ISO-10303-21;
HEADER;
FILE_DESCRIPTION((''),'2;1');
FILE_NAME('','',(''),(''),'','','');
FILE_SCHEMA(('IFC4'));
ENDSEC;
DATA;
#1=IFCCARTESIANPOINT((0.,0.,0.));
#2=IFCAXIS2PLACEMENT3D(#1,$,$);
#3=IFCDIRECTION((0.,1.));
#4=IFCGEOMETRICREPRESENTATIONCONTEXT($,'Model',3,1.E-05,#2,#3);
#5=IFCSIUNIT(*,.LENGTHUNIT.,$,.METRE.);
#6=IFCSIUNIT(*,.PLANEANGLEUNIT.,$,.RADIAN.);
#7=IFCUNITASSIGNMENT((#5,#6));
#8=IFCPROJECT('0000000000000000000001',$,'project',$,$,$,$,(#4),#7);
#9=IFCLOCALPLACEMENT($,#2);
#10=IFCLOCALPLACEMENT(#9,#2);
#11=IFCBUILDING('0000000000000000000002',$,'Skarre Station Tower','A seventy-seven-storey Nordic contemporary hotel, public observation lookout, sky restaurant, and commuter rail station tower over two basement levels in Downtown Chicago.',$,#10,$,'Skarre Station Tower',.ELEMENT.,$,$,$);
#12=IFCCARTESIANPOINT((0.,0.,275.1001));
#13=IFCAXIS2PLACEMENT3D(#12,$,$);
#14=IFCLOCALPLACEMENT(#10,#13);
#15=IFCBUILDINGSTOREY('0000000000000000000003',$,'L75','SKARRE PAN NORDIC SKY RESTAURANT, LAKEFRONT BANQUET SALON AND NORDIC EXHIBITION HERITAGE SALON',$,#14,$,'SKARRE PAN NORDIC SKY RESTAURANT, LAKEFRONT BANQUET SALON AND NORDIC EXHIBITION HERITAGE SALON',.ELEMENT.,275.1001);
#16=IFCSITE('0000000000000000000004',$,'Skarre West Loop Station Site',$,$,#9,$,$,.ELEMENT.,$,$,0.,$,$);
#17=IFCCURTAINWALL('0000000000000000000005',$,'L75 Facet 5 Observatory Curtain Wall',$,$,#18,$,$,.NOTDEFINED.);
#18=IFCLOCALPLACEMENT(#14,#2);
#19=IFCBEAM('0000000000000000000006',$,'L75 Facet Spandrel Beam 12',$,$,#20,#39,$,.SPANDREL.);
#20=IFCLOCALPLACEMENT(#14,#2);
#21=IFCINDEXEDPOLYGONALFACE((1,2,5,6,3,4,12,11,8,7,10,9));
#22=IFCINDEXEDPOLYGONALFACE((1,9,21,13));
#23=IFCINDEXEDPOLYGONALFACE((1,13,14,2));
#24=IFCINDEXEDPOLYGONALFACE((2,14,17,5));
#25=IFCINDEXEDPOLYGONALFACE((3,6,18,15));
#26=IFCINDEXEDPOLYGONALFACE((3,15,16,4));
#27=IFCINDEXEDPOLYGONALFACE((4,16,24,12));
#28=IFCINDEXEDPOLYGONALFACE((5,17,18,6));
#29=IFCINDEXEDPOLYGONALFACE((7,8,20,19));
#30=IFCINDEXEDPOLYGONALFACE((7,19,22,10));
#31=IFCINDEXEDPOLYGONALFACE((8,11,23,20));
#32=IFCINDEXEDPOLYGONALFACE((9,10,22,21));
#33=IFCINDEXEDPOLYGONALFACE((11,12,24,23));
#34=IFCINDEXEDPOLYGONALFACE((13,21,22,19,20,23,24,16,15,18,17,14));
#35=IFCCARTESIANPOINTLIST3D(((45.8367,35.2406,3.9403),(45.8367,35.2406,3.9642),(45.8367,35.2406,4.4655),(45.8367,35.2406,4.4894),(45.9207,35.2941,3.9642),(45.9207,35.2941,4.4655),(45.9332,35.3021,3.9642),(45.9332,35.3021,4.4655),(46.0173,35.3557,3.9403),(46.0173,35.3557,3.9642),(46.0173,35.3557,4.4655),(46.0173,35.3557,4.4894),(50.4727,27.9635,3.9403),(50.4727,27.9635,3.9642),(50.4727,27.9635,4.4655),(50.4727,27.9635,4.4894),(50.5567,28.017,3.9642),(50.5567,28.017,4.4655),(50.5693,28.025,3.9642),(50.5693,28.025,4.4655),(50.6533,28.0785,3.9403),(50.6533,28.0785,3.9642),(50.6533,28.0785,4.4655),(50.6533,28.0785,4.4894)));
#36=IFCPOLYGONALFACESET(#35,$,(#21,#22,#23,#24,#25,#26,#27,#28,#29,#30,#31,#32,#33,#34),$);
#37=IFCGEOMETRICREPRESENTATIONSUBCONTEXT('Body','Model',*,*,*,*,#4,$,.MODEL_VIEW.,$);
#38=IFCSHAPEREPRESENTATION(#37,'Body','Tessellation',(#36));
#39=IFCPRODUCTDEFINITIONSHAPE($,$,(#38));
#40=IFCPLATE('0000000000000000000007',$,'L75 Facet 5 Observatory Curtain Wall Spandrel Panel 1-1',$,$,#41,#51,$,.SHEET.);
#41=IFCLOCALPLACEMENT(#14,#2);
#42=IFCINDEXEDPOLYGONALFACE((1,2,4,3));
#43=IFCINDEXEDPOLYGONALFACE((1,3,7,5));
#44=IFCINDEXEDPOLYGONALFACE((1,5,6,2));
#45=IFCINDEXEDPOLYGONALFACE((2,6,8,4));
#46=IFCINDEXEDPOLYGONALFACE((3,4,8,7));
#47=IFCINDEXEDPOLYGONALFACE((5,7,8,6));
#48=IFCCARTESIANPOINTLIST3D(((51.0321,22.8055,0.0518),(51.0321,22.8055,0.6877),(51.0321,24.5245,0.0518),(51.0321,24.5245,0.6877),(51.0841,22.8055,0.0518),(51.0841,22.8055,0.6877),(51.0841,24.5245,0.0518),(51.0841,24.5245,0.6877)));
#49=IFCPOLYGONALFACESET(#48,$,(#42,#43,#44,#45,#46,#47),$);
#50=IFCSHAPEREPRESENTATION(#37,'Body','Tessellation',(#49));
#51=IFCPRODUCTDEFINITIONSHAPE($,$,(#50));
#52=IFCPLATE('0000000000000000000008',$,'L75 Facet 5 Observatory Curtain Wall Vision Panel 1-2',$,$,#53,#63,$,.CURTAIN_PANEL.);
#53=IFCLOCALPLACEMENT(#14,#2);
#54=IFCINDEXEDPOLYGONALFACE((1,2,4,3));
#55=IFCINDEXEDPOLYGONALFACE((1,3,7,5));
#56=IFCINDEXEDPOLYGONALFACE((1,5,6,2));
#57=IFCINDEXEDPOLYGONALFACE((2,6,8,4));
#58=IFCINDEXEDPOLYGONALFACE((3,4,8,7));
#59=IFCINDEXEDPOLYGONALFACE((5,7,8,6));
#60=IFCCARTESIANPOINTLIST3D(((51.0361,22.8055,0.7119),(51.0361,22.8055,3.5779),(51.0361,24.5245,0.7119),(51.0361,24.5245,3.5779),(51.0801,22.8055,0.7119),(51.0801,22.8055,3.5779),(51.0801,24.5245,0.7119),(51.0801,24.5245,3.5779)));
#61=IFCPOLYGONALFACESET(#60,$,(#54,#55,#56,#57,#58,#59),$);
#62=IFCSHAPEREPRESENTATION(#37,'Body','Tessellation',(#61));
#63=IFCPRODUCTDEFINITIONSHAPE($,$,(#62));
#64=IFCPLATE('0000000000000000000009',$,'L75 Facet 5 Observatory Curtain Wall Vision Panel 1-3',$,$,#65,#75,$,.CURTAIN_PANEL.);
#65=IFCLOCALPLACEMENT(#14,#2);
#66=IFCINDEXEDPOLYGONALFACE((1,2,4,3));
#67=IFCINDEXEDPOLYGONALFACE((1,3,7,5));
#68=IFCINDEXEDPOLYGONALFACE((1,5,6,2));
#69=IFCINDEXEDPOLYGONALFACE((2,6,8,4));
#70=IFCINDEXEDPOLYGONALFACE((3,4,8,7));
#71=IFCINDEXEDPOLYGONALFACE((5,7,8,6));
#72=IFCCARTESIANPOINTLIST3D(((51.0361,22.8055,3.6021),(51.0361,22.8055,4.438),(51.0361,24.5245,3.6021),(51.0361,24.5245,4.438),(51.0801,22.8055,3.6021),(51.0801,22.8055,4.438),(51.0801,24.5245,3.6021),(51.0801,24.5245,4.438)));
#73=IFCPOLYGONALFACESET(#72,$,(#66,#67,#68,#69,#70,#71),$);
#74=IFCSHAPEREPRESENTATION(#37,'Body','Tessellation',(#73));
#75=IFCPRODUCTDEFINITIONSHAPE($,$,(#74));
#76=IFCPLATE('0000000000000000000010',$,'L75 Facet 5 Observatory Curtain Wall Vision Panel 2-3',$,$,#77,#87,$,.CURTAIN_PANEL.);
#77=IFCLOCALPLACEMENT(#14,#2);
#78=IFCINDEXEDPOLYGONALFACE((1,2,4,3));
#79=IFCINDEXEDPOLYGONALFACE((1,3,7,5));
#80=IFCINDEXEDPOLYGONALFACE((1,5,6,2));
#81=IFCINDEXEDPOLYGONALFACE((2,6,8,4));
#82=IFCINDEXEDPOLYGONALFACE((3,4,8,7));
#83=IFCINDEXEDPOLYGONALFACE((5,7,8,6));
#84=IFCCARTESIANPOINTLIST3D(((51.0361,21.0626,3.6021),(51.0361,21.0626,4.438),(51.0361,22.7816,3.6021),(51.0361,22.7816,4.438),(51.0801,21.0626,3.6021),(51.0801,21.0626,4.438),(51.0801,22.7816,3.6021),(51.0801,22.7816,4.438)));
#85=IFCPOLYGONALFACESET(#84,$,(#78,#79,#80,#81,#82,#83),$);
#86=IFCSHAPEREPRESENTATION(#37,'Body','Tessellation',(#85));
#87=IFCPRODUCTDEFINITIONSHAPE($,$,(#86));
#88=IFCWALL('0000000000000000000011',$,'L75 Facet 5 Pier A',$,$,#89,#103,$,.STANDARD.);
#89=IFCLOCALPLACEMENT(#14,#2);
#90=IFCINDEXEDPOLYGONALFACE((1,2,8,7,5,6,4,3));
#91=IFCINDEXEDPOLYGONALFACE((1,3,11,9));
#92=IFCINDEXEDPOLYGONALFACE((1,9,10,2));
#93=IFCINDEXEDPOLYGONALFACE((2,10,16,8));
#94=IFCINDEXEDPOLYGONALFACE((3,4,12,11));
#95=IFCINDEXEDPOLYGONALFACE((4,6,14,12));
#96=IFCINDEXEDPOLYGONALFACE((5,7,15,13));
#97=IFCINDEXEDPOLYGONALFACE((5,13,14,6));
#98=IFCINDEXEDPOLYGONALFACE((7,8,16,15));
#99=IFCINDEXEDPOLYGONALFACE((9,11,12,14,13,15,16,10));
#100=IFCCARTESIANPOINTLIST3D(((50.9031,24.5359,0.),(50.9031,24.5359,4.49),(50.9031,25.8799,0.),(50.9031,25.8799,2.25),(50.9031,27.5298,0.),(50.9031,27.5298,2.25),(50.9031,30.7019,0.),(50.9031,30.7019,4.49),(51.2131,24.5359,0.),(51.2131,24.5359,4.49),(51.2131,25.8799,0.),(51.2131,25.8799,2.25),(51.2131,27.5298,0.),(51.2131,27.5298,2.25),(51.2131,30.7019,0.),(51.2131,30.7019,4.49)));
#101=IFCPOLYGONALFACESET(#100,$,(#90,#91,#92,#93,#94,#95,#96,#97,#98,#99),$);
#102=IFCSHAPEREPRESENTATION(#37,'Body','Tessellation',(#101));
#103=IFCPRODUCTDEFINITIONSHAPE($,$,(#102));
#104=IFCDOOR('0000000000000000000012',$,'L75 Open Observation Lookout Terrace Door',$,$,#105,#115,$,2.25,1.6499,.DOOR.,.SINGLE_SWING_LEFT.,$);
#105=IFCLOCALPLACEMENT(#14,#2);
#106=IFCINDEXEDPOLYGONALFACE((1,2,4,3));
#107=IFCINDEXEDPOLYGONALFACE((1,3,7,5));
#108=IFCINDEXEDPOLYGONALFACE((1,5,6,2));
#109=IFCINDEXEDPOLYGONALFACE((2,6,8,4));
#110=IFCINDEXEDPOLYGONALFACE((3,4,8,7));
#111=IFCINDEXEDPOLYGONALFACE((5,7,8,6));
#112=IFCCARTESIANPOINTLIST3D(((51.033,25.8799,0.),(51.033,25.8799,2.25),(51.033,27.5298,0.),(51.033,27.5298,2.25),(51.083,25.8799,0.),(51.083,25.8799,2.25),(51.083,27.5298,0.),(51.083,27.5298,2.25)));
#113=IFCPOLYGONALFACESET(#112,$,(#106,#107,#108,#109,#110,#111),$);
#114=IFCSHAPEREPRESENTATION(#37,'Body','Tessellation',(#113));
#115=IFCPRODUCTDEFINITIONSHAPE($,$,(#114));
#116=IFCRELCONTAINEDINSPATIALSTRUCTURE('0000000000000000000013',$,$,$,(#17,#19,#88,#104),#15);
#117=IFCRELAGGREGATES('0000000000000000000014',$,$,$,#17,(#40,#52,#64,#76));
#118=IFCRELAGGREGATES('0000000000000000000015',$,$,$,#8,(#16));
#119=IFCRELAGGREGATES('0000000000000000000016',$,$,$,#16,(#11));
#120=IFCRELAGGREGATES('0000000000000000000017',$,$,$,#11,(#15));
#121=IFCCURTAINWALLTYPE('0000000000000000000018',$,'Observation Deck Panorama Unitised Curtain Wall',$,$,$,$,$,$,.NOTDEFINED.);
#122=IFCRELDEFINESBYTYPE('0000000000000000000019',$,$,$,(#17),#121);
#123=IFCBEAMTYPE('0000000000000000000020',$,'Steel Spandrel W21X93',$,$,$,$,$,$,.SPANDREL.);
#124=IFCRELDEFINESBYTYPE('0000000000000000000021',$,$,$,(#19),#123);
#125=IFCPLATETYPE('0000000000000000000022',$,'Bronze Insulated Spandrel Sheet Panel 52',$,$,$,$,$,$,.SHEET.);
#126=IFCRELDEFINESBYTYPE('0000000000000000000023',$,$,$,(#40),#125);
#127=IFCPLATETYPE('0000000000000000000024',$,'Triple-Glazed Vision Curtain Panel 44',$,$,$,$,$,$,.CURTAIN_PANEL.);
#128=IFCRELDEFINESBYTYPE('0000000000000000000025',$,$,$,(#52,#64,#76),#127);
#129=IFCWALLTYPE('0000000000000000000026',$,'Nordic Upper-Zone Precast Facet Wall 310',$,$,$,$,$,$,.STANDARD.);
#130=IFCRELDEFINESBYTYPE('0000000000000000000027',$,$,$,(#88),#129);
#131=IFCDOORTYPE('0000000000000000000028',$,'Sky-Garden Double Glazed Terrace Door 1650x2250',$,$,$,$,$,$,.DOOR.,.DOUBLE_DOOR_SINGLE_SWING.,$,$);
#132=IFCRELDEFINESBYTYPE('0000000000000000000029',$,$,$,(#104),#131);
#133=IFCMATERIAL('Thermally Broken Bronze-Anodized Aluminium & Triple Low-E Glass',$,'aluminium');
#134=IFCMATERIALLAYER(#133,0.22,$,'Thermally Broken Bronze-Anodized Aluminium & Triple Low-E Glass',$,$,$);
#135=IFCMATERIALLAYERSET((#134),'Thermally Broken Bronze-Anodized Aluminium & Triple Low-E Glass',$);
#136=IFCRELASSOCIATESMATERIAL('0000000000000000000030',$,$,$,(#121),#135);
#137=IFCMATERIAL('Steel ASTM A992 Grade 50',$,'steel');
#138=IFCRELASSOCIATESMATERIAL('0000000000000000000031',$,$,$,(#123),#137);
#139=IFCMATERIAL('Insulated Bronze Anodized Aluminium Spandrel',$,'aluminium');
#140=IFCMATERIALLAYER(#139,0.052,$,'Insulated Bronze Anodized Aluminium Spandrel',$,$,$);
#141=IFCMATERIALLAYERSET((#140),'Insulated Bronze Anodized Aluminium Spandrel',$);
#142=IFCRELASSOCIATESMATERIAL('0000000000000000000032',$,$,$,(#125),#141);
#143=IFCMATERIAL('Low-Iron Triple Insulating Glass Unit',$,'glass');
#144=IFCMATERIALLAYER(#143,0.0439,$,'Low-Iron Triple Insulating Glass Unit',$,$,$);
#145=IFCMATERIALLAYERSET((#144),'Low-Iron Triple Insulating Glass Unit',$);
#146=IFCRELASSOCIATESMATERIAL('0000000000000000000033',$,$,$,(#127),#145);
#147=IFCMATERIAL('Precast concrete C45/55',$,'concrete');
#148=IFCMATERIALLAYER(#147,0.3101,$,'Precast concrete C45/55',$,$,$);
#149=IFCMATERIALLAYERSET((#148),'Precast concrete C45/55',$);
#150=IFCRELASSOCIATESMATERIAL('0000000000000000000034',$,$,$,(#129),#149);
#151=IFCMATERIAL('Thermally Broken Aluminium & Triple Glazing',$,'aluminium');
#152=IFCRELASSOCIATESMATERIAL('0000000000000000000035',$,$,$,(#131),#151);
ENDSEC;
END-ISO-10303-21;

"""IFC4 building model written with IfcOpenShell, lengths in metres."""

from ifc_helpers import new_model, si_unit, direction, frame, frame_2d, origin, origin_2d, place, context, subcontext, project, spatial, rectangle, i_section, extrude, material, layer, layer_set, material_profile, profile_set, type_object, element, fill, aggregate, save


model = new_model("IFC4")

# Units and contexts
model_context = context("Model", 3, precision=1e-05, world=origin(), true_north=direction((0.0, 1.0)))
body_context = subcontext(model_context, "Body", "Model", "MODEL_VIEW")
ifc_project = project(units=[si_unit("LENGTHUNIT", "METRE"), si_unit("PLANEANGLEUNIT", "RADIAN")], contexts=[model_context])

# Site, building, storey
site_placement = place(None, origin())
site = spatial("IfcSite", under=ifc_project, at=site_placement, Name="Skarre West Loop Station Site", CompositionType="ELEMENT", RefElevation=0.0)
building_placement = place(site_placement, origin())
building = spatial("IfcBuilding", under=site, at=building_placement, Name="Skarre Station Tower", Description="A seventy-seven-storey Nordic contemporary hotel, public observation lookout, sky restaurant, and commuter rail station tower over two basement levels in Downtown Chicago.", LongName="Skarre Station Tower", CompositionType="ELEMENT")
storey_placement = place(building_placement, frame((0.0, 0.0, 275.1001)))
storey = spatial("IfcBuildingStorey", under=building, at=storey_placement, Name="L75", Description="SKARRE PAN NORDIC SKY RESTAURANT, LAKEFRONT BANQUET SALON AND NORDIC EXHIBITION HERITAGE SALON", LongName="SKARRE PAN NORDIC SKY RESTAURANT, LAKEFRONT BANQUET SALON AND NORDIC EXHIBITION HERITAGE SALON", CompositionType="ELEMENT", Elevation=275.1001)

# Curtain wall
ifc_material_1 = material(Name="Thermally Broken Bronze-Anodized Aluminium & Triple Low-E Glass", Category="aluminium")
ifc_layer_1 = layer(ifc_material_1, 0.22, Name="Thermally Broken Bronze-Anodized Aluminium & Triple Low-E Glass")
ifc_layer_set_1 = layer_set([ifc_layer_1], Name="Thermally Broken Bronze-Anodized Aluminium & Triple Low-E Glass")
curtain_wall_type = type_object("IfcCurtainWallType", Name="Observation Deck Panorama Unitised Curtain Wall", PredefinedType="NOTDEFINED", material=ifc_layer_set_1)
curtain_wall_placement = place(storey_placement, origin())
curtain_wall = element("IfcCurtainWall", 1, at=curtain_wall_placement, inside=storey, type_object=curtain_wall_type, Name="L75 Facet 5 Observatory Curtain Wall", PredefinedType="NOTDEFINED")

# Beam
ifc_material_2 = material(Name="Steel ASTM A992 Grade 50", Category="steel")
ifc_material_profile_1 = material_profile(ifc_material_2, i_section(OverallWidth=0.2141, OverallDepth=0.5491, WebThickness=0.0149, FlangeThickness=0.0239, at=origin_2d()), Name="Steel ASTM A992 Grade 50")
ifc_profile_set_1 = profile_set([ifc_material_profile_1], Name="Steel ASTM A992 Grade 50")
beam_type_1 = type_object("IfcBeamType", Name="Steel Spandrel W21X93", PredefinedType="SPANDREL", material=ifc_profile_set_1)
beam_1_placement = place(storey_placement, frame((50.563, 28.021, 4.2148), z_axis=(-0.537297, 0.843393, 0.0), x_axis=(-0.843393, -0.537297, 0.0)))
element("IfcBeam", 2, at=beam_1_placement, inside=storey, type_object=beam_type_1, Name="L75 Facet Spandrel Beam 12", PredefinedType="SPANDREL", context=body_context, shape_type="SweptSolid", body=[
    extrude(i_section(OverallWidth=0.2141, OverallDepth=0.5491, WebThickness=0.0149, FlangeThickness=0.0239, at=origin_2d()), origin(), (0.0, 0.0, 1.0), 8.6284),
])

# Plates
ifc_material_3 = material(Name="Insulated Bronze Anodized Aluminium Spandrel", Category="aluminium")
ifc_layer_2 = layer(ifc_material_3, 0.052, Name="Insulated Bronze Anodized Aluminium Spandrel")
ifc_layer_set_2 = layer_set([ifc_layer_2], Name="Insulated Bronze Anodized Aluminium Spandrel")
plate_type_1 = type_object("IfcPlateType", Name="Bronze Insulated Spandrel Sheet Panel 52", PredefinedType="SHEET", material=ifc_layer_set_2)
plate_1_placement = place(storey_placement, frame((51.0581, 23.665, 0.0518), z_axis=(0.0, 0.0, 1.0), x_axis=(0.0, -1.0, 0.0)))
plate_1 = element("IfcPlate", 3, at=plate_1_placement, type_object=plate_type_1, Name="L75 Facet 5 Observatory Curtain Wall Spandrel Panel 1-1", PredefinedType="SHEET", context=body_context, shape_type="SweptSolid", body=[
    extrude(rectangle(XDim=1.719, YDim=0.052, at=origin_2d()), origin(), (0.0, 0.0, 1.0), 0.636),
])
ifc_material_4 = material(Name="Low-Iron Triple Insulating Glass Unit", Category="glass")
ifc_layer_3 = layer(ifc_material_4, 0.0439, Name="Low-Iron Triple Insulating Glass Unit")
ifc_layer_set_3 = layer_set([ifc_layer_3], Name="Low-Iron Triple Insulating Glass Unit")
plate_type_2 = type_object("IfcPlateType", Name="Triple-Glazed Vision Curtain Panel 44", PredefinedType="CURTAIN_PANEL", material=ifc_layer_set_3)
plate_2_placement = place(storey_placement, frame((51.0581, 23.665, 0.7119), z_axis=(0.0, 0.0, 1.0), x_axis=(0.0, -1.0, 0.0)))
plate_2 = element("IfcPlate", 4, at=plate_2_placement, type_object=plate_type_2, Name="L75 Facet 5 Observatory Curtain Wall Vision Panel 1-2", PredefinedType="CURTAIN_PANEL", context=body_context, shape_type="SweptSolid", body=[
    extrude(rectangle(XDim=1.719, YDim=0.0439, at=origin_2d()), origin(), (0.0, 0.0, 1.0), 2.866),
])
plate_3_placement = place(storey_placement, frame((51.0581, 23.665, 3.6021), z_axis=(0.0, 0.0, 1.0), x_axis=(0.0, -1.0, 0.0)))
plate_3 = element("IfcPlate", 5, at=plate_3_placement, type_object=plate_type_2, Name="L75 Facet 5 Observatory Curtain Wall Vision Panel 1-3", PredefinedType="CURTAIN_PANEL", context=body_context, shape_type="SweptSolid", body=[
    extrude(rectangle(XDim=1.719, YDim=0.0439, at=origin_2d()), origin(), (0.0, 0.0, 1.0), 0.8359),
])
plate_4_placement = place(storey_placement, frame((51.0581, 21.9221, 3.6021), z_axis=(0.0, 0.0, 1.0), x_axis=(0.0, -1.0, 0.0)))
plate_4 = element("IfcPlate", 6, at=plate_4_placement, type_object=plate_type_2, Name="L75 Facet 5 Observatory Curtain Wall Vision Panel 2-3", PredefinedType="CURTAIN_PANEL", context=body_context, shape_type="SweptSolid", body=[
    extrude(rectangle(XDim=1.719, YDim=0.0439, at=origin_2d()), origin(), (0.0, 0.0, 1.0), 0.8359),
])
aggregate(curtain_wall, [plate_1, plate_2, plate_3, plate_4])

# Wall, opening, door
ifc_material_5 = material(Name="Precast concrete C45/55", Category="concrete")
ifc_layer_4 = layer(ifc_material_5, 0.3101, Name="Precast concrete C45/55")
ifc_layer_set_4 = layer_set([ifc_layer_4], Name="Precast concrete C45/55")
wall_type = type_object("IfcWallType", Name="Nordic Upper-Zone Precast Facet Wall 310", PredefinedType="STANDARD", material=ifc_layer_set_4)
wall_placement = place(storey_placement, frame((51.0581, 30.7019, 0.0), z_axis=(0.0, 0.0, 1.0), x_axis=(0.0, -1.0, 0.0)))
wall = element("IfcWall", 7, at=wall_placement, inside=storey, type_object=wall_type, Name="L75 Facet 5 Pier A", PredefinedType="STANDARD", context=body_context, shape_type="SweptSolid", body=[
    extrude(rectangle(XDim=6.166, YDim=0.3101, at=frame_2d((3.083, 0.0))), origin(), (0.0, 0.0, 1.0), 4.49),
])
opening_placement = place(wall_placement, frame((3.1721, 0.0, 0.0)))
opening = element("IfcOpeningElement", 8, at=opening_placement, cuts=wall, PredefinedType="OPENING", context=body_context, shape_type="SweptSolid", body=[
    extrude(rectangle(XDim=1.6499, YDim=2.25, at=frame_2d((0.825, 1.125))), frame((0.0, 0.165, 0.0), z_axis=(0.0, -1.0, 0.0), x_axis=(1.0, 0.0, 0.0)), (0.0, 0.0, 1.0), 0.3301),
])
ifc_material_6 = material(Name="Thermally Broken Aluminium & Triple Glazing", Category="aluminium")
door_type = type_object("IfcDoorType", Name="Sky-Garden Double Glazed Terrace Door 1650x2250", OperationType="DOUBLE_DOOR_SINGLE_SWING", PredefinedType="DOOR", material=ifc_material_6)
door_placement = place(opening_placement, origin())
door = element("IfcDoor", 9, at=door_placement, inside=storey, type_object=door_type, Name="L75 Open Observation Lookout Terrace Door", OperationType="SINGLE_SWING_LEFT", OverallHeight=2.25, OverallWidth=1.6499, PredefinedType="DOOR", context=body_context, shape_type="SweptSolid", body=[
    extrude(rectangle(XDim=1.6499, YDim=2.25, at=frame_2d((0.825, 1.125))), frame((0.0, 0.0249, 0.0), z_axis=(0.0, -1.0, 0.0), x_axis=(1.0, 0.0, 0.0)), (0.0, 0.0, 1.0), 0.05),
])
fill(opening, door)

save(model, "model.ifc")
